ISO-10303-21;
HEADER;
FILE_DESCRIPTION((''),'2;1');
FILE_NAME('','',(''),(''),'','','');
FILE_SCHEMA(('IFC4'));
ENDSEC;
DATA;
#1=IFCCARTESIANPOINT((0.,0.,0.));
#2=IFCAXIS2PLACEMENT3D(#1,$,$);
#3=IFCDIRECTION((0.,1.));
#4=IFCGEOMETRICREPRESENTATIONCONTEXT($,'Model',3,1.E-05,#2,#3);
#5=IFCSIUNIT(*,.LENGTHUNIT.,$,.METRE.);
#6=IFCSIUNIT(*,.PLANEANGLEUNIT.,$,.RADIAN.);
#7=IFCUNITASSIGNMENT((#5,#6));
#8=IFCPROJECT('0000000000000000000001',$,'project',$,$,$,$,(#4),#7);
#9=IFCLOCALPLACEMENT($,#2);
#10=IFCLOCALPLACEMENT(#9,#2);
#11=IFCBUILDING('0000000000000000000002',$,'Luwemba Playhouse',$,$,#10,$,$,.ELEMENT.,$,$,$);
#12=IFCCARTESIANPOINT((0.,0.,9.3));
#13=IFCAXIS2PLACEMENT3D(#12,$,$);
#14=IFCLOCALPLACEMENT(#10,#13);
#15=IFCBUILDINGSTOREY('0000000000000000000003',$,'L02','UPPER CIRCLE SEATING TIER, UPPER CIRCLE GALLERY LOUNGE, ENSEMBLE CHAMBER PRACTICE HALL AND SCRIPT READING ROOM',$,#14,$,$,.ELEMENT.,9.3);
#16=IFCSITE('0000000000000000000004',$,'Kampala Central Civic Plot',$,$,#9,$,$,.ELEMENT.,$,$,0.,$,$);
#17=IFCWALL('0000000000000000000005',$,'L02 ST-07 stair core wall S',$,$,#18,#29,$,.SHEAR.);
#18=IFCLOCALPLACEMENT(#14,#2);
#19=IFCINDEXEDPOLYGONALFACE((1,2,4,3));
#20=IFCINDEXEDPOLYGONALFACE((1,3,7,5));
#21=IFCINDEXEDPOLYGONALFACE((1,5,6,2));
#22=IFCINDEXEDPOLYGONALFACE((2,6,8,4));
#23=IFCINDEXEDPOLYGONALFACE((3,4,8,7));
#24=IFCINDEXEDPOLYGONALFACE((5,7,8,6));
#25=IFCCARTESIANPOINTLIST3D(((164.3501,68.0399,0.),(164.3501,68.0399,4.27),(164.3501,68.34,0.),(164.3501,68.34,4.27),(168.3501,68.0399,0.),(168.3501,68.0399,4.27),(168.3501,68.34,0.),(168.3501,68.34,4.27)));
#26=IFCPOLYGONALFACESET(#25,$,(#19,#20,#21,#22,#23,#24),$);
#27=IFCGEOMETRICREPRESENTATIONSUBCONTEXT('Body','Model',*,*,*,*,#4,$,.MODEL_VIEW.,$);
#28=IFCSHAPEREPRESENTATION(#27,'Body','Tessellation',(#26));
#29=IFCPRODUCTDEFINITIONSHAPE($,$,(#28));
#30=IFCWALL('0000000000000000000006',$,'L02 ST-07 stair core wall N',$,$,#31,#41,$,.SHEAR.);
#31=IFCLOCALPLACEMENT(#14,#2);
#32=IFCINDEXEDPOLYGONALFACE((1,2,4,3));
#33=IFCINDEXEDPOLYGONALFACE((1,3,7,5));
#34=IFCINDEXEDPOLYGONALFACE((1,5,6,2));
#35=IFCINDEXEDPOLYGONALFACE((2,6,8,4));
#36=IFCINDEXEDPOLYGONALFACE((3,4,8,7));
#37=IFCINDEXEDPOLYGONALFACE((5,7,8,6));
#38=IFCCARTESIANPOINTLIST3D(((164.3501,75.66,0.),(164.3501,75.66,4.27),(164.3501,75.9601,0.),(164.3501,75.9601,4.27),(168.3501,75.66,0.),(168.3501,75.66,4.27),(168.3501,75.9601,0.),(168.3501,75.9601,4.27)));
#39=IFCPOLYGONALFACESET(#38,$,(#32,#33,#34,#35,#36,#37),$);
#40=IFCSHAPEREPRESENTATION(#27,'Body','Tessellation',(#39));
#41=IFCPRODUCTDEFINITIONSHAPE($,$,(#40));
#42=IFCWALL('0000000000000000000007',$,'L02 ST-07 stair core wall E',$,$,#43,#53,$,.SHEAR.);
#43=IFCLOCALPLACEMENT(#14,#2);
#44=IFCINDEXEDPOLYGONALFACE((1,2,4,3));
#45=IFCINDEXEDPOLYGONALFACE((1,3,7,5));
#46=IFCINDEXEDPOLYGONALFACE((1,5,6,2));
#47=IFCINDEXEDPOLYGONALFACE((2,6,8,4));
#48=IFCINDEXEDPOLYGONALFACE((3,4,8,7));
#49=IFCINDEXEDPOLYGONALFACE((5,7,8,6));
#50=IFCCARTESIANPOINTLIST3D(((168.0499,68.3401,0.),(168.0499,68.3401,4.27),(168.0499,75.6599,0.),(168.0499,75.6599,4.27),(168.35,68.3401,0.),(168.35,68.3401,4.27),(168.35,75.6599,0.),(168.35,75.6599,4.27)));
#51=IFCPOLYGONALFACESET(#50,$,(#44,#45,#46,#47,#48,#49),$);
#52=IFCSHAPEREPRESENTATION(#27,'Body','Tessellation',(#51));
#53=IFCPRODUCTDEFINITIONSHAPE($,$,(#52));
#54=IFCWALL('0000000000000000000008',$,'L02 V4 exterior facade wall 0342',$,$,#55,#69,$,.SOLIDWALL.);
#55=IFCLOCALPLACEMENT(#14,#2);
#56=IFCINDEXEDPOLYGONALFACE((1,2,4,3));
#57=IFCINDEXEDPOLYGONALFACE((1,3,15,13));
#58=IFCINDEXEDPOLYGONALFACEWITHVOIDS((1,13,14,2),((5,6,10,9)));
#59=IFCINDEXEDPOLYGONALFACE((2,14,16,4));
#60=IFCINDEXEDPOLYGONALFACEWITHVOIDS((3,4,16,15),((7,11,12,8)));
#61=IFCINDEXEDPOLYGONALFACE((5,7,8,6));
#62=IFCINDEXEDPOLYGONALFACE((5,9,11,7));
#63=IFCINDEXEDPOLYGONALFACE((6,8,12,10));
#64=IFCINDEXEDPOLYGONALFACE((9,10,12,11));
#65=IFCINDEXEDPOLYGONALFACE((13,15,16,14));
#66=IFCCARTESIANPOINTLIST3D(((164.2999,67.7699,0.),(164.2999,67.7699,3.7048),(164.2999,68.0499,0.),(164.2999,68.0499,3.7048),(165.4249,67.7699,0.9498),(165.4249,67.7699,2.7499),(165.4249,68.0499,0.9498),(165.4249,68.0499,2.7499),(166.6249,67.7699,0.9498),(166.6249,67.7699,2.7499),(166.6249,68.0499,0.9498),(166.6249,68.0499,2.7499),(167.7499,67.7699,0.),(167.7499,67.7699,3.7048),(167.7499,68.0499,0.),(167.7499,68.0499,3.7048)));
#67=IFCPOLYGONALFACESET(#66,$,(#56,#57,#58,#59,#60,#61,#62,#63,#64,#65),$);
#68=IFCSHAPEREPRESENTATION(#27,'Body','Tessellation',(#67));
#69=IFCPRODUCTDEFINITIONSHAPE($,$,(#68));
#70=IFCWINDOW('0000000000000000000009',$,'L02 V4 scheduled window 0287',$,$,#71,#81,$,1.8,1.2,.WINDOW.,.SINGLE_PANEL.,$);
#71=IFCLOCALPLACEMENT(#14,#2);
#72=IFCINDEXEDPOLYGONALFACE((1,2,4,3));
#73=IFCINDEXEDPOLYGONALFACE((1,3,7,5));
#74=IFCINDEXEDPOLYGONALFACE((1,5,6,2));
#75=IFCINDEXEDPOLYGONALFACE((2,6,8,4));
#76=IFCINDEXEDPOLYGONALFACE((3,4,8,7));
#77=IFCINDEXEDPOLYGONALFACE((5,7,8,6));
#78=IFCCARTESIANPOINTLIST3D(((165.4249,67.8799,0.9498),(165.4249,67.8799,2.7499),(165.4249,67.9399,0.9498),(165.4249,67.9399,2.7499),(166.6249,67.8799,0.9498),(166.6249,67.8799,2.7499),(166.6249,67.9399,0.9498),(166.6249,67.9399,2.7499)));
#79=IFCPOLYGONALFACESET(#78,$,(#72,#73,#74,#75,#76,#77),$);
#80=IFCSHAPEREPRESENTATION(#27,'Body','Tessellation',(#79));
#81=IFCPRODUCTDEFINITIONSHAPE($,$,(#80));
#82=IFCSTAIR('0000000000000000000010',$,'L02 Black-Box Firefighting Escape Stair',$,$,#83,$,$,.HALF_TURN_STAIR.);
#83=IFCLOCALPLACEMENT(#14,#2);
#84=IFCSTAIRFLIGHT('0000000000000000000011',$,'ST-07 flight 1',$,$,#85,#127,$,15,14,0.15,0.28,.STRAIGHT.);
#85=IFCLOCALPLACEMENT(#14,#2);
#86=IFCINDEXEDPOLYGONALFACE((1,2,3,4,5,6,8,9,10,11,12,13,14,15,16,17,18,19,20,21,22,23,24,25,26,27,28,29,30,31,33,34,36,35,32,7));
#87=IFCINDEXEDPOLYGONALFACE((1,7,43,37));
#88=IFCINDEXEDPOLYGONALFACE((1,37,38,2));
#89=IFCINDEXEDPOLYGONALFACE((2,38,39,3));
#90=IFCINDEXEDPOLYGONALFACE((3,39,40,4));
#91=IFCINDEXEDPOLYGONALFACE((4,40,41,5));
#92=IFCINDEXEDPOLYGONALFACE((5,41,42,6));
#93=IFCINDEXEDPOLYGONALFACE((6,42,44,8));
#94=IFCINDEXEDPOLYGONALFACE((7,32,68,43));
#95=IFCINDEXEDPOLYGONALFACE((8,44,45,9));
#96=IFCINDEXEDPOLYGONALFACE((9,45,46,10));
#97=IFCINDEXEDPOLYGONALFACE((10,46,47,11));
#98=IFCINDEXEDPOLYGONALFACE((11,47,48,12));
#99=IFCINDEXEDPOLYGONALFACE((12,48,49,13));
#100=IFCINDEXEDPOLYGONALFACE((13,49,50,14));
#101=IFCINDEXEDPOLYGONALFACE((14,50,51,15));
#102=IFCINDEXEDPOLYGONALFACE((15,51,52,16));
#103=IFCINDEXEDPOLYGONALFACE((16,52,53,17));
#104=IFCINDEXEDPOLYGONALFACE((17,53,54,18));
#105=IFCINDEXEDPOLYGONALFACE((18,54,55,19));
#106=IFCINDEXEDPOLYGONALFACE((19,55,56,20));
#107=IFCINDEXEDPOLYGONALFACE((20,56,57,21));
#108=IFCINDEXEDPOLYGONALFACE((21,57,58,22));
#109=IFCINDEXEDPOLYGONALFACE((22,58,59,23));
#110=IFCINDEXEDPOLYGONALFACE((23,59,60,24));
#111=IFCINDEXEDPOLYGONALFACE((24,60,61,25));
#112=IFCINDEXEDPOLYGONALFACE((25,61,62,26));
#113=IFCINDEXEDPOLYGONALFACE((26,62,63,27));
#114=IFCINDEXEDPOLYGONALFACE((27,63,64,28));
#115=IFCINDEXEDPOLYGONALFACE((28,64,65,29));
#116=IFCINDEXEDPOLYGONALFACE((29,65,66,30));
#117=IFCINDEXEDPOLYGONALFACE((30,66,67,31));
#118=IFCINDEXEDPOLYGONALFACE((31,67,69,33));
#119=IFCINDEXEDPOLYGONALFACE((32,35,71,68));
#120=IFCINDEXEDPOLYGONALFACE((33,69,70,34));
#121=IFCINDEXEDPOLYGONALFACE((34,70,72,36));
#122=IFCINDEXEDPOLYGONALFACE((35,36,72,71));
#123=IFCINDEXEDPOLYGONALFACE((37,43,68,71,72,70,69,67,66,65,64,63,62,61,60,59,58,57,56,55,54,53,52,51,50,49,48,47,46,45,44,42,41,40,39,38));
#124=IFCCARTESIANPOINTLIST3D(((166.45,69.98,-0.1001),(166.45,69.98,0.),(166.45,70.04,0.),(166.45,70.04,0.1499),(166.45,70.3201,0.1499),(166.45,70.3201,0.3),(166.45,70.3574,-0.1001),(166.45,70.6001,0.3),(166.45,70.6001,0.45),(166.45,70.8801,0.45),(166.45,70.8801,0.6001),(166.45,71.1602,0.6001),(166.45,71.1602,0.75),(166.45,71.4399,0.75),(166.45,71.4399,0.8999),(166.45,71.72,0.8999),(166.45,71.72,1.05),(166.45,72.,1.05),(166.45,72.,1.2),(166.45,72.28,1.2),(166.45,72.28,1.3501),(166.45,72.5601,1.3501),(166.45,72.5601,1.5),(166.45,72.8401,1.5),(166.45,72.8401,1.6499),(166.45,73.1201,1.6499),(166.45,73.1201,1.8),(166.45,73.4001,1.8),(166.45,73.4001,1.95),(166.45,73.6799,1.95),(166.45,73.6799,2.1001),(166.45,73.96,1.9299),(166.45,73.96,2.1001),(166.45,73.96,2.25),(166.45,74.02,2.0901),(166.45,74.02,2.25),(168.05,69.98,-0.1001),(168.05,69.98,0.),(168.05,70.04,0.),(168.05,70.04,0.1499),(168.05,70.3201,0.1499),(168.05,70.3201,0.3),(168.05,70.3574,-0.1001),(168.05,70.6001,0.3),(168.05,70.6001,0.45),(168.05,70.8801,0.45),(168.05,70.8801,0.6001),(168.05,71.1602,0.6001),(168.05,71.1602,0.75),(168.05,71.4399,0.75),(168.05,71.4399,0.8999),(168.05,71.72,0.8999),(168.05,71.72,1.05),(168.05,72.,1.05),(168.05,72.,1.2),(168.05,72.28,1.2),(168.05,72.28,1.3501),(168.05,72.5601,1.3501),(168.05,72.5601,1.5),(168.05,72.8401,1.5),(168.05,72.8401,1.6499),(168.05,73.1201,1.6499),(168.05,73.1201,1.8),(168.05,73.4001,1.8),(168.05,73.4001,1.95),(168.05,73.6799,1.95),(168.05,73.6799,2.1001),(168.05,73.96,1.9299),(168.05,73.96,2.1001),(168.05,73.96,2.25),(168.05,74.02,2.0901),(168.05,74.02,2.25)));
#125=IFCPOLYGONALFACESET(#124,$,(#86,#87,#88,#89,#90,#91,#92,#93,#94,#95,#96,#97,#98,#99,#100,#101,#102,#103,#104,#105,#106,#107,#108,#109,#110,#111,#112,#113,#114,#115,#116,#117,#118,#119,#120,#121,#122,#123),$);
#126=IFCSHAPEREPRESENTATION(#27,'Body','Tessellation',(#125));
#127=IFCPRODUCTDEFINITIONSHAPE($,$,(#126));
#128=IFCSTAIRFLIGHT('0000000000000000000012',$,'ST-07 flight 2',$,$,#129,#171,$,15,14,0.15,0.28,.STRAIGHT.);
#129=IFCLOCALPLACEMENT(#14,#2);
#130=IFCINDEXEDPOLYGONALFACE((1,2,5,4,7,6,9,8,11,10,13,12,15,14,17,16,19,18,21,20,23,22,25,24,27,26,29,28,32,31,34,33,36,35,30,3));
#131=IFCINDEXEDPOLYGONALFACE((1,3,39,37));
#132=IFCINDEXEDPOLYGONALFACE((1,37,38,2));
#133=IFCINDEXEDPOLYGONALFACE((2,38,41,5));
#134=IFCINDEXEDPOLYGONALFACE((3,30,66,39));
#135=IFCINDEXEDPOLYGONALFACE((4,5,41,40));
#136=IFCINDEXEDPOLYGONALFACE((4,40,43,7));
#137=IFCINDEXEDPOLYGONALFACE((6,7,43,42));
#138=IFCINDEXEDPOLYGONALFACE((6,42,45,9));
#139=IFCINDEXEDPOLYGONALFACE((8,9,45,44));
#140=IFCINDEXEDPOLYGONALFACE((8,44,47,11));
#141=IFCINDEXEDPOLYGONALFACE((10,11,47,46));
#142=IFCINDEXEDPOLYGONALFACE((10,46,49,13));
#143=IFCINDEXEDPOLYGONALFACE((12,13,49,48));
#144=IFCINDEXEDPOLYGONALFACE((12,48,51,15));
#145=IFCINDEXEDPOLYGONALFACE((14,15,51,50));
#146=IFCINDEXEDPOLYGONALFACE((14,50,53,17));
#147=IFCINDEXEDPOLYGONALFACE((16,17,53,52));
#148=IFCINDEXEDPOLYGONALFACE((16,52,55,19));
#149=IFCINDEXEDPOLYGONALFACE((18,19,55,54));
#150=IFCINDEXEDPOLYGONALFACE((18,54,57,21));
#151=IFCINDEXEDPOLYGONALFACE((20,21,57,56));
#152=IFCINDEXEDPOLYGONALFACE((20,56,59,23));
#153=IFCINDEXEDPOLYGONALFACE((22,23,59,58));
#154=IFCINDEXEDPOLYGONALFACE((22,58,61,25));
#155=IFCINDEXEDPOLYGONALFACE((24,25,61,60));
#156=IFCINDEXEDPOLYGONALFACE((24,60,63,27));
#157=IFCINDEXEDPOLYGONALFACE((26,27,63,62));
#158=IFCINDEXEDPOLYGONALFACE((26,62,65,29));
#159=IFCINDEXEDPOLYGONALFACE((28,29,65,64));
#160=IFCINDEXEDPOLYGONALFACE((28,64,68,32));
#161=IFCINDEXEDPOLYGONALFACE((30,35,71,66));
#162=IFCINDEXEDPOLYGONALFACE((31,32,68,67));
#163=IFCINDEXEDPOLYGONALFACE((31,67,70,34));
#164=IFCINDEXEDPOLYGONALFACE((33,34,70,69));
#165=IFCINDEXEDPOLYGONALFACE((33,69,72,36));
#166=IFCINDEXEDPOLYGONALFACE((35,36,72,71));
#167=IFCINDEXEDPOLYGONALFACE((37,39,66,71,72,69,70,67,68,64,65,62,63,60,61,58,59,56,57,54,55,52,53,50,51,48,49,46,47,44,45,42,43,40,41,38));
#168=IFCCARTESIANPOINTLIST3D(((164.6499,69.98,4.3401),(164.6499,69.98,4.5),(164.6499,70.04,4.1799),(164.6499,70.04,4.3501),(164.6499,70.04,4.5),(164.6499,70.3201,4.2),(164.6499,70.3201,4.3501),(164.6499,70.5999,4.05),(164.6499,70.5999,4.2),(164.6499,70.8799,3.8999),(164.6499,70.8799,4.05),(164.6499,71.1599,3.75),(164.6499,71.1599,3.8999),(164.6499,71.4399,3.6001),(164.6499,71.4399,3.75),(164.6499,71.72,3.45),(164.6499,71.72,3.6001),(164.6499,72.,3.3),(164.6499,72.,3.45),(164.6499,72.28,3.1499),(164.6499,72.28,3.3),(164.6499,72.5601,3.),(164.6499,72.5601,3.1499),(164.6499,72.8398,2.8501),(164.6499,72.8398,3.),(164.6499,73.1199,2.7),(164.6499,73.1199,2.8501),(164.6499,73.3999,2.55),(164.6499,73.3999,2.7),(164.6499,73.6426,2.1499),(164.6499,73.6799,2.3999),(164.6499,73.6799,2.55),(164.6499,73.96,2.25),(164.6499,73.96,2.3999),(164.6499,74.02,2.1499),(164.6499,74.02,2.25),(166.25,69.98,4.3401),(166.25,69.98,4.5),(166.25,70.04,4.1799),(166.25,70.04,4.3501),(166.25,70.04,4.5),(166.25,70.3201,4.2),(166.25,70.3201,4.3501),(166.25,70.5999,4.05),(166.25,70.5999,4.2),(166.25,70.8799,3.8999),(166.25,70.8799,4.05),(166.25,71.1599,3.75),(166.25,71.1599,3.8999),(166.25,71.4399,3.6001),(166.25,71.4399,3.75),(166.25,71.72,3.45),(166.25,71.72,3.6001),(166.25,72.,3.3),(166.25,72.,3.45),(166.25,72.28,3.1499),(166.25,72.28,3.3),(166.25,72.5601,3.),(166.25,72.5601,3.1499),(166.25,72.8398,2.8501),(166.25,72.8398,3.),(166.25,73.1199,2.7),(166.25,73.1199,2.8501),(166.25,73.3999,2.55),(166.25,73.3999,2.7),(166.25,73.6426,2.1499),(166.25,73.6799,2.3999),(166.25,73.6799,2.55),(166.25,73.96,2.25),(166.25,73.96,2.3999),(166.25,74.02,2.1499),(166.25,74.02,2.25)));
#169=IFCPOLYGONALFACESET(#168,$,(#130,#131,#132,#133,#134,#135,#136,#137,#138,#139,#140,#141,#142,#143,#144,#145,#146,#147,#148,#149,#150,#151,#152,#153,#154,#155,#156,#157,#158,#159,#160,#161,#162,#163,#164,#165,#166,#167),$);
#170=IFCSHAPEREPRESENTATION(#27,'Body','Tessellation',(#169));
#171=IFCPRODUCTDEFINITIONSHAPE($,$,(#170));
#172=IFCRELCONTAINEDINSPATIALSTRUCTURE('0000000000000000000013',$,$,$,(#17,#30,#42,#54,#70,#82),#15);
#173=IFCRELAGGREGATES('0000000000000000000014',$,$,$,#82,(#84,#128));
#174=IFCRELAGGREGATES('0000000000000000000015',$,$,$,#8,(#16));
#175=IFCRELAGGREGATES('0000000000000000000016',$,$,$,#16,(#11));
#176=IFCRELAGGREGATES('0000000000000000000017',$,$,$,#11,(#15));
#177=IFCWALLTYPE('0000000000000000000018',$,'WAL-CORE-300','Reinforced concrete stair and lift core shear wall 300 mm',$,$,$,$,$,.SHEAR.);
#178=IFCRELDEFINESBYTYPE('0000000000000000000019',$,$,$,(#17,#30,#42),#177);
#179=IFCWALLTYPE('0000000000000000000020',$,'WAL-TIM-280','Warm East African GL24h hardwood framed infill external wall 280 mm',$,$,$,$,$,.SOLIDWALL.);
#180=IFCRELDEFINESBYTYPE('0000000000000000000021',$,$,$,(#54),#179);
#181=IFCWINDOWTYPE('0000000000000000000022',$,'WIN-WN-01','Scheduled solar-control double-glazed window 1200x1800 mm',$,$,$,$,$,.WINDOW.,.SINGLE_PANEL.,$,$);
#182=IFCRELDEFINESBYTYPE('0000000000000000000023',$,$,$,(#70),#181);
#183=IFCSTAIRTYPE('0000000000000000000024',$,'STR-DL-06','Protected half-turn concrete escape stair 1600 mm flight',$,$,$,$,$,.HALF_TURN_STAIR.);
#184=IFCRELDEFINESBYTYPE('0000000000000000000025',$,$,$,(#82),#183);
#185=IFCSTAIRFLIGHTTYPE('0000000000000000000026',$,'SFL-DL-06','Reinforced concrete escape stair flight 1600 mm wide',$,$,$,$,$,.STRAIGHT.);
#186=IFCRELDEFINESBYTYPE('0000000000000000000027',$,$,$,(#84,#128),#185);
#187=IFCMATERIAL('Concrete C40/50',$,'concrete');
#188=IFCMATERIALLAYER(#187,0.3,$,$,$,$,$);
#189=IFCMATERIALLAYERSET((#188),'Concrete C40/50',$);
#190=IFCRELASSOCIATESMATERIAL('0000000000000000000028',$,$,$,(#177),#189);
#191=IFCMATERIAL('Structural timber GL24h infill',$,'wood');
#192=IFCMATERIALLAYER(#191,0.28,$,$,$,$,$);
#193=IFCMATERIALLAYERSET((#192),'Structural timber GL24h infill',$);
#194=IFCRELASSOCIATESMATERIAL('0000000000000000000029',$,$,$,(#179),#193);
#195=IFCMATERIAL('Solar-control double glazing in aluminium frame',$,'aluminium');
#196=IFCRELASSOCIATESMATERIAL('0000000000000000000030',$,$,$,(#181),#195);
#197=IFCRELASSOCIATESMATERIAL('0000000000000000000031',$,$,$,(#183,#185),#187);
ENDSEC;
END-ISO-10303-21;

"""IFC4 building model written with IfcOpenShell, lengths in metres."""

from ifc_helpers import new_model, si_unit, direction, frame, frame_2d, origin, place, context, subcontext, project, spatial, polyline, rectangle, outline, extrude, material, layer, layer_set, type_object, element, fill, aggregate, save


model = new_model("IFC4")

# Units and contexts
model_context = context("Model", 3, precision=1e-05, world=origin(), true_north=direction((0.0, 1.0)))
body_context = subcontext(model_context, "Body", "Model", "MODEL_VIEW")
ifc_project = project(units=[si_unit("LENGTHUNIT", "METRE"), si_unit("PLANEANGLEUNIT", "RADIAN")], contexts=[model_context])

# Site, building, storey
site_placement = place(None, origin())
site = spatial("IfcSite", under=ifc_project, at=site_placement, Name="Kampala Central Civic Plot", CompositionType="ELEMENT", RefElevation=0.0)
building_placement = place(site_placement, origin())
building = spatial("IfcBuilding", under=site, at=building_placement, Name="Luwemba Playhouse", CompositionType="ELEMENT")
storey_placement = place(building_placement, frame((0.0, 0.0, 9.3)))
storey = spatial("IfcBuildingStorey", under=building, at=storey_placement, Name="L02", Description="UPPER CIRCLE SEATING TIER, UPPER CIRCLE GALLERY LOUNGE, ENSEMBLE CHAMBER PRACTICE HALL AND SCRIPT READING ROOM", CompositionType="ELEMENT", Elevation=9.3)

# Shared definitions
ifc_material_1 = material(Name="Concrete C40/50", Category="concrete")

# Shared definitions
ifc_material_2 = material(Name="Solar-control double glazing in aluminium frame", Category="aluminium")

# Walls
ifc_layer_1 = layer(ifc_material_1, 0.3)
ifc_layer_set_1 = layer_set([ifc_layer_1], Name="Concrete C40/50")
wall_type_1 = type_object("IfcWallType", Name="WAL-CORE-300", Description="Reinforced concrete stair and lift core shear wall 300 mm", PredefinedType="SHEAR", material=ifc_layer_set_1)
for number, where, z_axis, x_axis, name in (
    (1, (164.3501, 68.1899, 0.0), (0.0, 0.0, 1.0), (1.0, 0.0, 0.0), "L02 ST-07 stair core wall S"),
    (2, (168.3501, 75.8101, 0.0), (0.0, 0.0, 1.0), (-1.0, 0.0, 0.0), "L02 ST-07 stair core wall N"),
):
    element("IfcWall", number, at=place(storey_placement, frame(where, z_axis=z_axis, x_axis=x_axis)), inside=storey, type_object=wall_type_1, Name=name, PredefinedType="SHEAR", context=body_context, shape_type="SweptSolid", body=[
        extrude(rectangle(XDim=4.0, YDim=0.3, at=frame_2d((2.0, 0.0))), origin(), (0.0, 0.0, 1.0), 4.27),
    ])

# Wall
wall_1_placement = place(storey_placement, frame((168.2, 75.6599, 0.0), z_axis=(0.0, 0.0, 1.0), x_axis=(0.0, -1.0, 0.0)))
element("IfcWall", 3, at=wall_1_placement, inside=storey, type_object=wall_type_1, Name="L02 ST-07 stair core wall E", PredefinedType="SHEAR", context=body_context, shape_type="SweptSolid", body=[
    extrude(rectangle(XDim=7.3198, YDim=0.3, at=frame_2d((3.6599, 0.0))), origin(), (0.0, 0.0, 1.0), 4.27),
])

# Wall, opening, window
ifc_material_3 = material(Name="Structural timber GL24h infill", Category="wood")
ifc_layer_2 = layer(ifc_material_3, 0.28)
ifc_layer_set_2 = layer_set([ifc_layer_2], Name="Structural timber GL24h infill")
wall_type_2 = type_object("IfcWallType", Name="WAL-TIM-280", Description="Warm East African GL24h hardwood framed infill external wall 280 mm", PredefinedType="SOLIDWALL", material=ifc_layer_set_2)
wall_2_placement = place(storey_placement, frame((167.75, 67.9099, 0.0), z_axis=(0.0, 0.0, 1.0), x_axis=(-1.0, 0.0, 0.0)))
wall_2 = element("IfcWall", 4, at=wall_2_placement, inside=storey, type_object=wall_type_2, Name="L02 V4 exterior facade wall 0342", PredefinedType="SOLIDWALL", context=body_context, shape_type="SweptSolid", body=[
    extrude(rectangle(XDim=3.45, YDim=0.28, at=frame_2d((1.7251, 0.0))), origin(), (0.0, 0.0, 1.0), 3.7048),
])
opening_1_placement = place(wall_2_placement, frame((1.125, 0.0, 0.95)))
opening_1 = element("IfcOpeningElement", 5, at=opening_1_placement, cuts=wall_2, PredefinedType="OPENING", context=body_context, shape_type="SweptSolid", body=[
    extrude(rectangle(XDim=1.2, YDim=1.8, at=frame_2d((0.6001, 0.8999))), frame((0.0, 0.1499, 0.0), z_axis=(0.0, -1.0, 0.0), x_axis=(1.0, 0.0, 0.0)), (0.0, 0.0, 1.0), 0.3),
])
window_type_1 = type_object("IfcWindowType", Name="WIN-WN-01", Description="Scheduled solar-control double-glazed window 1200x1800 mm", PartitioningType="SINGLE_PANEL", PredefinedType="WINDOW", material=ifc_material_2)
window_1_placement = place(opening_1_placement, origin())
window_1 = element("IfcWindow", 6, at=window_1_placement, inside=storey, type_object=window_type_1, Name="L02 V4 scheduled window 0287", OverallHeight=1.8, OverallWidth=1.2, PartitioningType="SINGLE_PANEL", PredefinedType="WINDOW", context=body_context, shape_type="SweptSolid", body=[
    extrude(rectangle(XDim=1.2, YDim=1.8, at=frame_2d((0.6001, 0.8999))), frame((0.0, 0.03, 0.0), z_axis=(0.0, -1.0, 0.0), x_axis=(1.0, 0.0, 0.0)), (0.0, 0.0, 1.0), 0.0601),
])
fill(opening_1, window_1)

# Stair, stair flights
stair_type = type_object("IfcStairType", Name="STR-DL-06", Description="Protected half-turn concrete escape stair 1600 mm flight", PredefinedType="HALF_TURN_STAIR", material=ifc_material_1)
stair_placement = place(storey_placement, origin())
stair = element("IfcStair", 7, at=stair_placement, inside=storey, type_object=stair_type, Name="L02 Black-Box Firefighting Escape Stair", PredefinedType="HALF_TURN_STAIR")
stair_flight_type = type_object("IfcStairFlightType", Name="SFL-DL-06", Description="Reinforced concrete escape stair flight 1600 mm wide", PredefinedType="STRAIGHT", material=ifc_material_1)
stair_flight_1_placement = place(storey_placement, frame((167.25, 70.04, 0.0), z_axis=(0.0, 0.0, 1.0), x_axis=(0.0, 1.0, 0.0)))
stair_flight_1 = element("IfcStairFlight", 8, at=stair_flight_1_placement, type_object=stair_flight_type, Name="ST-07 flight 1", NumberOfRisers=15, NumberOfTreads=14, PredefinedType="STRAIGHT", RiserHeight=0.15, TreadLength=0.28, context=body_context, shape_type="SweptSolid", body=[
    extrude(outline(polyline([(-0.0601, -0.1001), (-0.0601, 0.0), (0.0, 0.0), (0.0, 0.1499), (0.28, 0.1499), (0.28, 0.3), (0.5601, 0.3), (0.5601, 0.45), (0.8401, 0.45), (0.8401, 0.6001), (1.1201, 0.6001), (1.1201, 0.75), (1.3999, 0.75), (1.3999, 0.8999), (1.6799, 0.8999), (1.6799, 1.05), (1.96, 1.05), (1.96, 1.2), (2.24, 1.2), (2.24, 1.3501), (2.52, 1.3501), (2.52, 1.5), (2.8, 1.5), (2.8, 1.6499), (3.0801, 1.6499), (3.0801, 1.8), (3.3601, 1.8), (3.3601, 1.95), (3.6399, 1.95), (3.6399, 2.1001), (3.9199, 2.1001), (3.9199, 2.25), (3.98, 2.25), (3.98, 2.0901), (3.9199, 1.9299), (0.3174, -0.1001), (-0.0601, -0.1001)])), frame((0.0, 0.8, 0.0), z_axis=(0.0, -1.0, 0.0), x_axis=(1.0, 0.0, 0.0)), (0.0, 0.0, 1.0), 1.6001),
])
stair_flight_2_placement = place(storey_placement, frame((165.45, 73.96, 2.25), z_axis=(0.0, 0.0, 1.0), x_axis=(0.0, -1.0, 0.0)))
stair_flight_2 = element("IfcStairFlight", 9, at=stair_flight_2_placement, type_object=stair_flight_type, Name="ST-07 flight 2", NumberOfRisers=15, NumberOfTreads=14, PredefinedType="STRAIGHT", RiserHeight=0.15, TreadLength=0.28, context=body_context, shape_type="SweptSolid", body=[
    extrude(outline(polyline([(-0.0601, -0.1001), (-0.0601, 0.0), (0.0, 0.0), (0.0, 0.1499), (0.28, 0.1499), (0.28, 0.3), (0.5601, 0.3), (0.5601, 0.45), (0.8401, 0.45), (0.8401, 0.6001), (1.1201, 0.6001), (1.1201, 0.75), (1.3999, 0.75), (1.3999, 0.8999), (1.6799, 0.8999), (1.6799, 1.05), (1.96, 1.05), (1.96, 1.2), (2.24, 1.2), (2.24, 1.3501), (2.52, 1.3501), (2.52, 1.5), (2.8, 1.5), (2.8, 1.6499), (3.0801, 1.6499), (3.0801, 1.8), (3.3601, 1.8), (3.3601, 1.95), (3.6399, 1.95), (3.6399, 2.1001), (3.9199, 2.1001), (3.9199, 2.25), (3.98, 2.25), (3.98, 2.0901), (3.9199, 1.9299), (0.3174, -0.1001), (-0.0601, -0.1001)])), frame((0.0, 0.8, 0.0), z_axis=(0.0, -1.0, 0.0), x_axis=(1.0, 0.0, 0.0)), (0.0, 0.0, 1.0), 1.6001),
])
aggregate(stair, [stair_flight_1, stair_flight_2])

save(model, "model.ifc")
